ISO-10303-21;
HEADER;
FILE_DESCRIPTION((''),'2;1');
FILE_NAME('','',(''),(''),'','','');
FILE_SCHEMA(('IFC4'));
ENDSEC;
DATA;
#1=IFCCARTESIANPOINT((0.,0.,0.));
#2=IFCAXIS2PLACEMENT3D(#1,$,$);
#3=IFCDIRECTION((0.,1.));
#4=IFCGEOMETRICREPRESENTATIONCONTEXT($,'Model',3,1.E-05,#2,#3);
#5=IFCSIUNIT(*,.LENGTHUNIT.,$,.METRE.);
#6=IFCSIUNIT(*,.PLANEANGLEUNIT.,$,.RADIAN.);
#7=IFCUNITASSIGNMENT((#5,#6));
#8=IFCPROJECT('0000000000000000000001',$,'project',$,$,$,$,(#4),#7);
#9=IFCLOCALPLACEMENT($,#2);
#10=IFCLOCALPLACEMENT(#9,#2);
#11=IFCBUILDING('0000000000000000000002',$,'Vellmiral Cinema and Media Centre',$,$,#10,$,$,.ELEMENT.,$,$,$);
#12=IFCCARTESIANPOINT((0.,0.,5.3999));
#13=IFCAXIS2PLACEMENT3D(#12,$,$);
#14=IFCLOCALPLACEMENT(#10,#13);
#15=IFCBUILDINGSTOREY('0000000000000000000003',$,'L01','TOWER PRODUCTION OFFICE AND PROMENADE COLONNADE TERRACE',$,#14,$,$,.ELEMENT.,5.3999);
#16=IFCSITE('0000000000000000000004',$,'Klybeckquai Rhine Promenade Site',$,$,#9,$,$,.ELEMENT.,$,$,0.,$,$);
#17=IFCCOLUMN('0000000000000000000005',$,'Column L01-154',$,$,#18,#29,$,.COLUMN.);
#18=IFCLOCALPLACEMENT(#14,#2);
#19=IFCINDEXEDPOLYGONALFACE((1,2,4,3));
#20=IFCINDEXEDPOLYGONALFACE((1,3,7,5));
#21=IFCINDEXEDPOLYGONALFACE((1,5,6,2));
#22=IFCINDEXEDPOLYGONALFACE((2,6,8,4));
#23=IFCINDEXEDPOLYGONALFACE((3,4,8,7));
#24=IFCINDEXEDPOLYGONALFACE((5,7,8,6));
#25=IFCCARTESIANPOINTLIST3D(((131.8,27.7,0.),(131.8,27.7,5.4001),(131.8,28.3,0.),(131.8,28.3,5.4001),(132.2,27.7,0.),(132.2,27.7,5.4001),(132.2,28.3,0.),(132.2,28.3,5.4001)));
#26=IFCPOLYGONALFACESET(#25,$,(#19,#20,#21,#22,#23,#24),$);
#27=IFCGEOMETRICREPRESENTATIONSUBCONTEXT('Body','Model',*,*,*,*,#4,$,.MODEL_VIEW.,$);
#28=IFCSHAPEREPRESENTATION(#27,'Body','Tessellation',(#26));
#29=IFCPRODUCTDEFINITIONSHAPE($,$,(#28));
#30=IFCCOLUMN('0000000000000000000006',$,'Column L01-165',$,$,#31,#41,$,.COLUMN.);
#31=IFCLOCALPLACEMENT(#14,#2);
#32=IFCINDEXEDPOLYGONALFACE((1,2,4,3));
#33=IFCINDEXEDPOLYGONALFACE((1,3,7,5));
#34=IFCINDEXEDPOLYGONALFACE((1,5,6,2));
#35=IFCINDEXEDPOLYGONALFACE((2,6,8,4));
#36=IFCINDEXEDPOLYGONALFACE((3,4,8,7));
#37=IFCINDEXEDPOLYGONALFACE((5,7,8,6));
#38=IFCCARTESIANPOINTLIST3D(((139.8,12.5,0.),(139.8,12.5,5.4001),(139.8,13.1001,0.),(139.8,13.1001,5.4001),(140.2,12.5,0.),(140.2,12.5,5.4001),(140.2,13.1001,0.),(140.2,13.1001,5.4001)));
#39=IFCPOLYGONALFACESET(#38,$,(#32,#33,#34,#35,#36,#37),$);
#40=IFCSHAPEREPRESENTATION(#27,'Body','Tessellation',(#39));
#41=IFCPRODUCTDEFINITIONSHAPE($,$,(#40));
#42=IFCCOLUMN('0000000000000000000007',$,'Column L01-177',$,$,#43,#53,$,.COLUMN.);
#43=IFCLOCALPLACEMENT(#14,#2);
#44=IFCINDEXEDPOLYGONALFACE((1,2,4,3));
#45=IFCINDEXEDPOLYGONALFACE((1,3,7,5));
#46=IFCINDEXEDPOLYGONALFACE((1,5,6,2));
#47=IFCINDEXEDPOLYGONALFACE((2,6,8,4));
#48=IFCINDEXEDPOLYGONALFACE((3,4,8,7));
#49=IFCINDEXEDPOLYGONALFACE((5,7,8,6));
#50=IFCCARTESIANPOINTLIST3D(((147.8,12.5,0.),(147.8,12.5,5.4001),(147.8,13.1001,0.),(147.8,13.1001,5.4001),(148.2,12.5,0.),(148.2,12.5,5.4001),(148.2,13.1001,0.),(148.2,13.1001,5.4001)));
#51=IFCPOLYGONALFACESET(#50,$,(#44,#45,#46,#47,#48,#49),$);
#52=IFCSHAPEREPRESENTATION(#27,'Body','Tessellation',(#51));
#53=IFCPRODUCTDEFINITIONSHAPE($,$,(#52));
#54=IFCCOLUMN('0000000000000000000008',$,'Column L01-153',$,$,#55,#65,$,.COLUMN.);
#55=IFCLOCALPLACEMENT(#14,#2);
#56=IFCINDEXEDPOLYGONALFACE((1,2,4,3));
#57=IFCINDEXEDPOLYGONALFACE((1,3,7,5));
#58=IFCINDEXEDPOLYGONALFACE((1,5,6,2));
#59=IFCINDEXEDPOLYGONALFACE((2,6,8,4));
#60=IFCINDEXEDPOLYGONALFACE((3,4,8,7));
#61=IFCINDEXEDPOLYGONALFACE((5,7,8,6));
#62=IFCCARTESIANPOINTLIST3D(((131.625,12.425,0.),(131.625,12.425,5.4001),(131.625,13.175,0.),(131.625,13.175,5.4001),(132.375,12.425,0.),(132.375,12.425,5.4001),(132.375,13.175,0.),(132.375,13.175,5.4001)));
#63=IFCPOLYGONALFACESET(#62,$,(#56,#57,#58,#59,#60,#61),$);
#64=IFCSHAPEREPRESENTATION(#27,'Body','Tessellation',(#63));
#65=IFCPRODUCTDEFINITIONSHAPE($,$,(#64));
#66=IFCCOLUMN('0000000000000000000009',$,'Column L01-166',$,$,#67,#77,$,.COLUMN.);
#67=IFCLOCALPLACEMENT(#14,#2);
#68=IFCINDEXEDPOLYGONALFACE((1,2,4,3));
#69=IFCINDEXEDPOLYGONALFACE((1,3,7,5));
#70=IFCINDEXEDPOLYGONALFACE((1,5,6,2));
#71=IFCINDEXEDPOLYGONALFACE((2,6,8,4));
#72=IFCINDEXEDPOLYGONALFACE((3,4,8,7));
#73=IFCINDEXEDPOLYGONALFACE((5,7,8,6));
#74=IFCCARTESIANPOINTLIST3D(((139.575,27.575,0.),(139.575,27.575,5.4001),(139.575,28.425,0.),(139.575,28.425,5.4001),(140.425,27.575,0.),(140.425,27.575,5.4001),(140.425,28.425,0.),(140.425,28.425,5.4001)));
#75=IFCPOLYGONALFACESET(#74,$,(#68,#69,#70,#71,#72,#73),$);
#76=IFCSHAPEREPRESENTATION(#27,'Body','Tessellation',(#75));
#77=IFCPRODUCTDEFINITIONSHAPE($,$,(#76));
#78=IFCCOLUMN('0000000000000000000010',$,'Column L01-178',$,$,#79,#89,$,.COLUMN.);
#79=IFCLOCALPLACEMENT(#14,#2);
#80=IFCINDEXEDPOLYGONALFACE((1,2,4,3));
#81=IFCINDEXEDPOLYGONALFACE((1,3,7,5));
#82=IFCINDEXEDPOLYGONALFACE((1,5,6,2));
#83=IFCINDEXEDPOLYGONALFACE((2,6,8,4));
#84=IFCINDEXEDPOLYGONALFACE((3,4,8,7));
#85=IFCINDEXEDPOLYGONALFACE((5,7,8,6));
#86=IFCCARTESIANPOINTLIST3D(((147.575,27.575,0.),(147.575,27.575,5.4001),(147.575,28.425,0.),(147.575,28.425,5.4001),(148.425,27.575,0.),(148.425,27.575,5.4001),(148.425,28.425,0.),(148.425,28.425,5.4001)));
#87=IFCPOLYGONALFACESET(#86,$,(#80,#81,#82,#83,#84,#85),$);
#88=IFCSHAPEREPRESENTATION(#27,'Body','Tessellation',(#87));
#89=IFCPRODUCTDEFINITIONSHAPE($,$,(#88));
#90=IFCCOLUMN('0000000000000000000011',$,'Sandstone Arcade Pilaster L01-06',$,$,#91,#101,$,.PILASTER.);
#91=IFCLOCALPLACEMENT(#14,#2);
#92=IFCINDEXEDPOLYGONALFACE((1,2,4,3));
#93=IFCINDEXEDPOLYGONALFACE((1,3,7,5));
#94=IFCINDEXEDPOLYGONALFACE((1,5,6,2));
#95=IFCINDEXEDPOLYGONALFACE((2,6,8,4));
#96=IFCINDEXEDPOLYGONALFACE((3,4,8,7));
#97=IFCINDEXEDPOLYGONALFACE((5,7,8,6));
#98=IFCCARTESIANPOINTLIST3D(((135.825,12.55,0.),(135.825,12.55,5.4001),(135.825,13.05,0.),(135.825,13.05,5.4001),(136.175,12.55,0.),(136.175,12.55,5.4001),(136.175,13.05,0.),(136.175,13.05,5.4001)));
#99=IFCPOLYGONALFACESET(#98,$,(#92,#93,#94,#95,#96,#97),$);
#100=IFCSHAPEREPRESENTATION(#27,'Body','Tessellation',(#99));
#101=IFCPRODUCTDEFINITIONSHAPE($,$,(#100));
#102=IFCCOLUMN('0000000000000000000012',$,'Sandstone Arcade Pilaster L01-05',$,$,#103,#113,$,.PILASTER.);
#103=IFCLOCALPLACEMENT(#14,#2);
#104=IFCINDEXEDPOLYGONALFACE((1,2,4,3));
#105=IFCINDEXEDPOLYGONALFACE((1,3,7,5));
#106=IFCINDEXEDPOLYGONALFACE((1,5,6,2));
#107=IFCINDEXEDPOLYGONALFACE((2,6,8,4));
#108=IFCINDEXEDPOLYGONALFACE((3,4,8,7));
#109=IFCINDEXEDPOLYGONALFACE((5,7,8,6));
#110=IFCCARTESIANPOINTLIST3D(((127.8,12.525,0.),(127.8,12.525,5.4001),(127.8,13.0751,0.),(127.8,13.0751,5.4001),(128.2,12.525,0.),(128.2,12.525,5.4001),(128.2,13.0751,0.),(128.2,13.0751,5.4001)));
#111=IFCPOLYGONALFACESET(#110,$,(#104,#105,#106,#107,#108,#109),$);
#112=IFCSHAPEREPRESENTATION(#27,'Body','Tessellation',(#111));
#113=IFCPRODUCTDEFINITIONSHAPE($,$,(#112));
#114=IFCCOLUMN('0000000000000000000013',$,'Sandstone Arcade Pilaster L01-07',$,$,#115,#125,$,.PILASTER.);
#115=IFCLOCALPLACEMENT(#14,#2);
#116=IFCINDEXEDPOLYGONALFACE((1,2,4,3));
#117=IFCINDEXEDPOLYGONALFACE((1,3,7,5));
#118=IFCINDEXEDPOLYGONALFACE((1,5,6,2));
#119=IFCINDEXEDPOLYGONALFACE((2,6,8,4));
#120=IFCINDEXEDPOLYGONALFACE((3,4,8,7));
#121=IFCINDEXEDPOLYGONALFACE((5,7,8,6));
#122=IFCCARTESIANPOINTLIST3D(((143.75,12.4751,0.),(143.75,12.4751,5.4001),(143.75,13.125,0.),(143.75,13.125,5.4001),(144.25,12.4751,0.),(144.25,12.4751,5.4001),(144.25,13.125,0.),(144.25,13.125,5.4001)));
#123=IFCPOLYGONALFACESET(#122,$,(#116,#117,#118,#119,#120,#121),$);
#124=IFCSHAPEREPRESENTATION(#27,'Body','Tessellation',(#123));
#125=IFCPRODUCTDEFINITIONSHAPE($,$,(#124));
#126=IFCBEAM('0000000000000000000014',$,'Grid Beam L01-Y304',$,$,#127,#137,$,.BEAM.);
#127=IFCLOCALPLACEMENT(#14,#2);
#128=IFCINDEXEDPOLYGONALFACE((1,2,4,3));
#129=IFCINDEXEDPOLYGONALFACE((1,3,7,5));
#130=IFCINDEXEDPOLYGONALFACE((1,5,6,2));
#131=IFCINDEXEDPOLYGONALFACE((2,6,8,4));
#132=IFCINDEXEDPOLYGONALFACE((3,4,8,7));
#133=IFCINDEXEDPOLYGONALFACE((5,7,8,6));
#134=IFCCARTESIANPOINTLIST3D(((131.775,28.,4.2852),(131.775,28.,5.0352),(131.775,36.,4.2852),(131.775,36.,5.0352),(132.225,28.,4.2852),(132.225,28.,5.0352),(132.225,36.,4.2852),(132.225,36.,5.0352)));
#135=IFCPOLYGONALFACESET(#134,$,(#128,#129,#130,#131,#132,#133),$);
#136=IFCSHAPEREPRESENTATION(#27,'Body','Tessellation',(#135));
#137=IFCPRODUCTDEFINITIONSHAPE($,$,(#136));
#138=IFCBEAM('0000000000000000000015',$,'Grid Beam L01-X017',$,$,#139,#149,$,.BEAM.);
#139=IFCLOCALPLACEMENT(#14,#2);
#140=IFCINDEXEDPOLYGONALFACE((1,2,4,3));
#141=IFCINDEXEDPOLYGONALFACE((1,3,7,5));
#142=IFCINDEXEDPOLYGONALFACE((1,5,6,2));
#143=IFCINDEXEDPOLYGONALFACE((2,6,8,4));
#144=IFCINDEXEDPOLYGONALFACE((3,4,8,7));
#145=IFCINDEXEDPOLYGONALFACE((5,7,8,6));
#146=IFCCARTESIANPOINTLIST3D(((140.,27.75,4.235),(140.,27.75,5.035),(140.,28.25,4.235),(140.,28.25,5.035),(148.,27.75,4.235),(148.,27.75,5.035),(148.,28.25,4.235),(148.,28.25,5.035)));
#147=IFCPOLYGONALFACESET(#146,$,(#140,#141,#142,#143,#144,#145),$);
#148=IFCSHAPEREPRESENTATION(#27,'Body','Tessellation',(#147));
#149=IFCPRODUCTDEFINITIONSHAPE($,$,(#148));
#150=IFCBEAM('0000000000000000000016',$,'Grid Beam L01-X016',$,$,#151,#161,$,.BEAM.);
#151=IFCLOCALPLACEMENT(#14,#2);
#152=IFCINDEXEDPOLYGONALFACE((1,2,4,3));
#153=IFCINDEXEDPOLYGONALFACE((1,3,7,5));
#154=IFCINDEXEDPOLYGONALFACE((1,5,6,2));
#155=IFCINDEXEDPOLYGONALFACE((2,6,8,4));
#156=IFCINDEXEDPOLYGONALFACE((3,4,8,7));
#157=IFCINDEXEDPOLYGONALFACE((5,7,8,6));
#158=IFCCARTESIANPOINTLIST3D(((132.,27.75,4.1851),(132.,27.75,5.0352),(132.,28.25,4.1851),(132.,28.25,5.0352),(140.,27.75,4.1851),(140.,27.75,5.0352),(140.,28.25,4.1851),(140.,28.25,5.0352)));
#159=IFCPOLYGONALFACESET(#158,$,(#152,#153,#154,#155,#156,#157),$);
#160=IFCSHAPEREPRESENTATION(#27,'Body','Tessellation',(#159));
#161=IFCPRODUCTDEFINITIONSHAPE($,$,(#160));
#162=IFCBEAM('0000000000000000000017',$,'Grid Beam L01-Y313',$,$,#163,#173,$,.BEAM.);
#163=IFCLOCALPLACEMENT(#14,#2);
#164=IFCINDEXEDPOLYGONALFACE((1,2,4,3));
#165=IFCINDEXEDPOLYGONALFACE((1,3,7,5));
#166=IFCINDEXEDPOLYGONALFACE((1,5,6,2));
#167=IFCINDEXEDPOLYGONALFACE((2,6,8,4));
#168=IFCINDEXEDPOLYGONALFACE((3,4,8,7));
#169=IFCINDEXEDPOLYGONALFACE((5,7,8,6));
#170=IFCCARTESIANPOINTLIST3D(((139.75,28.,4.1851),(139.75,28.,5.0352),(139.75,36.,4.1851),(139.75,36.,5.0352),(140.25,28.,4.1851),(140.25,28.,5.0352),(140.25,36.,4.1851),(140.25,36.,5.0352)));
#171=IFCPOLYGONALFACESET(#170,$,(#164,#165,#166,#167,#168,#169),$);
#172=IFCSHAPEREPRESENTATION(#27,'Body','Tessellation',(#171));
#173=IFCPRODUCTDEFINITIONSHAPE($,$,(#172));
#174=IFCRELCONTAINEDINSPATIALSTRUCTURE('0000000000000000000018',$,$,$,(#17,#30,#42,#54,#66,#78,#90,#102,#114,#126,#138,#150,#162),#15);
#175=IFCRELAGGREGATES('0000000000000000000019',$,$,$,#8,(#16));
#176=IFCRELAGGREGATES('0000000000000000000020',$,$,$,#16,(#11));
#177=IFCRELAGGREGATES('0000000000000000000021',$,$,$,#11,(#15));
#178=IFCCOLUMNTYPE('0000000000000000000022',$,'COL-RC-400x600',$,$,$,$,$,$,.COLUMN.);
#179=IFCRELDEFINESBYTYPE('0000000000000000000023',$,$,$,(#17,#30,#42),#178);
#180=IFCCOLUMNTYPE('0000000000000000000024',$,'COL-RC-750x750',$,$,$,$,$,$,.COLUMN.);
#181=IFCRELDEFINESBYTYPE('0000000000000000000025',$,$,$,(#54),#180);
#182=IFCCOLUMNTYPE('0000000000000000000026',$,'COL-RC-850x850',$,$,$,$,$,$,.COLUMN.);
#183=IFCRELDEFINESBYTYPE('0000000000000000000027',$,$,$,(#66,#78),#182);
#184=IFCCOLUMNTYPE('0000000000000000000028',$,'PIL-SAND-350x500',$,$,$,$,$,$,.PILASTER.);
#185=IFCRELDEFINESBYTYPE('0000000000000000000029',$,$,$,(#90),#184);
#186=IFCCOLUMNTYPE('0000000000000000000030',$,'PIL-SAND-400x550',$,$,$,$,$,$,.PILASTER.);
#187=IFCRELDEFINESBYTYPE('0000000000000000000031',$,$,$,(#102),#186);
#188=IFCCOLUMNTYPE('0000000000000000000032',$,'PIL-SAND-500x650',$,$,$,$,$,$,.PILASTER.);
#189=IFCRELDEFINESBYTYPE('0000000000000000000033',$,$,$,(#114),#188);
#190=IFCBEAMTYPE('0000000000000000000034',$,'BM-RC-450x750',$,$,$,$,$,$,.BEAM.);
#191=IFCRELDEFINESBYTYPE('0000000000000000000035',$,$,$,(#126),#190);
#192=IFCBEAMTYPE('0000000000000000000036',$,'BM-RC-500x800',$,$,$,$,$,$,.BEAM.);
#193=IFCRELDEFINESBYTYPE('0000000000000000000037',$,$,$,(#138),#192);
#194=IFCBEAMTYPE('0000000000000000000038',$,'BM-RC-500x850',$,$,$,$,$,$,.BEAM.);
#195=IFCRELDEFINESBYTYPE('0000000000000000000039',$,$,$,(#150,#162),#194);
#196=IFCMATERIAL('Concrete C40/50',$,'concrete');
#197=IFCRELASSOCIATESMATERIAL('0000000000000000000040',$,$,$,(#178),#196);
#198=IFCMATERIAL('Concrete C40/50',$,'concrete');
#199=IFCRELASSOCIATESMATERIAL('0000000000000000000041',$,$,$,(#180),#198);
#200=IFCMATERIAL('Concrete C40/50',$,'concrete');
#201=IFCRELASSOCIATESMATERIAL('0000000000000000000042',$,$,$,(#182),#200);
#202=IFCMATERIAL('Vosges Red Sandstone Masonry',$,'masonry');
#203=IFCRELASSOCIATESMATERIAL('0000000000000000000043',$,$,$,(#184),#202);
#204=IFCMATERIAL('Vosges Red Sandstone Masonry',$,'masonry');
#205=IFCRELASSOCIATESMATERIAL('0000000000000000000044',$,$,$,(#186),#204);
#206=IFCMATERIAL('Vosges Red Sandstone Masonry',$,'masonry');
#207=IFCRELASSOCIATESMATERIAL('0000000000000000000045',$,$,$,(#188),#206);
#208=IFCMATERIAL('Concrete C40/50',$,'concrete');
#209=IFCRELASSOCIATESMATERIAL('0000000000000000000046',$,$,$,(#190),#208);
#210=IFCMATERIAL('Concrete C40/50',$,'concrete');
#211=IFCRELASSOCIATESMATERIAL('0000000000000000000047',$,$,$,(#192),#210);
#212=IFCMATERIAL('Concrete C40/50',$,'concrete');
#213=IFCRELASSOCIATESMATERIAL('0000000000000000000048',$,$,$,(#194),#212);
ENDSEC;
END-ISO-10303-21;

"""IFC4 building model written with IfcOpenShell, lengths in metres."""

from ifc_helpers import new_model, si_unit, direction, frame, origin, origin_2d, place, context, subcontext, project, spatial, rectangle, extrude, material, material_profile, profile_set, type_object, element, save


model = new_model("IFC4")

# Units and contexts
model_context = context("Model", 3, precision=1e-05, world=origin(), true_north=direction((0.0, 1.0)))
body_context = subcontext(model_context, "Body", "Model", "MODEL_VIEW")
ifc_project = project(units=[si_unit("LENGTHUNIT", "METRE"), si_unit("PLANEANGLEUNIT", "RADIAN")], contexts=[model_context])

# Site, building, storey
site_placement = place(None, origin())
site = spatial("IfcSite", under=ifc_project, at=site_placement, Name="Klybeckquai Rhine Promenade Site", CompositionType="ELEMENT", RefElevation=0.0)
building_placement = place(site_placement, origin())
building = spatial("IfcBuilding", under=site, at=building_placement, Name="Vellmiral Cinema and Media Centre", CompositionType="ELEMENT")
storey_placement = place(building_placement, frame((0.0, 0.0, 5.3999)))
storey = spatial("IfcBuildingStorey", under=building, at=storey_placement, Name="L01", Description="TOWER PRODUCTION OFFICE AND PROMENADE COLONNADE TERRACE", CompositionType="ELEMENT", Elevation=5.3999)

# Columns
ifc_material_1 = material(Name="Concrete C40/50", Category="concrete")
ifc_material_profile_1 = material_profile(ifc_material_1, rectangle(XDim=0.3999, YDim=0.6001, at=origin_2d()), Name="RC 400x600")
ifc_profile_set_1 = profile_set([ifc_material_profile_1], Name="Concrete C40/50")
column_type_1 = type_object("IfcColumnType", Name="COL-RC-400x600", PredefinedType="COLUMN", material=ifc_profile_set_1)
for number, where, z_axis, x_axis, name in (
    (1, (132.0, 28.0, 0.0), (0.0, 0.0, 1.0), (1.0, 0.0, 0.0), "Column L01-154"),
    (2, (140.0, 12.8, 0.0), (0.0, 0.0, 1.0), (1.0, 0.0, 0.0), "Column L01-165"),
    (3, (148.0, 12.8, 0.0), (0.0, 0.0, 1.0), (1.0, 0.0, 0.0), "Column L01-177"),
):
    element("IfcColumn", number, at=place(storey_placement, frame(where, z_axis=z_axis, x_axis=x_axis)), inside=storey, type_object=column_type_1, Name=name, PredefinedType="COLUMN", context=body_context, shape_type="SweptSolid", body=[
        extrude(rectangle(XDim=0.3999, YDim=0.6001, at=origin_2d()), origin(), (0.0, 0.0, 1.0), 5.4001),
    ])
ifc_material_2 = material(Name="Concrete C40/50", Category="concrete")
ifc_material_profile_2 = material_profile(ifc_material_2, rectangle(XDim=0.75, YDim=0.75, at=origin_2d()), Name="RC 750x750")
ifc_profile_set_2 = profile_set([ifc_material_profile_2], Name="Concrete C40/50")
column_type_2 = type_object("IfcColumnType", Name="COL-RC-750x750", PredefinedType="COLUMN", material=ifc_profile_set_2)
column_1_placement = place(storey_placement, frame((132.0, 12.8, 0.0), z_axis=(0.0, 0.0, 1.0), x_axis=(1.0, 0.0, 0.0)))
element("IfcColumn", 4, at=column_1_placement, inside=storey, type_object=column_type_2, Name="Column L01-153", PredefinedType="COLUMN", context=body_context, shape_type="SweptSolid", body=[
    extrude(rectangle(XDim=0.75, YDim=0.75, at=origin_2d()), origin(), (0.0, 0.0, 1.0), 5.4001),
])
ifc_material_3 = material(Name="Concrete C40/50", Category="concrete")
ifc_material_profile_3 = material_profile(ifc_material_3, rectangle(XDim=0.8501, YDim=0.8501, at=origin_2d()), Name="RC 850x850")
ifc_profile_set_3 = profile_set([ifc_material_profile_3], Name="Concrete C40/50")
column_type_3 = type_object("IfcColumnType", Name="COL-RC-850x850", PredefinedType="COLUMN", material=ifc_profile_set_3)
for number, where, z_axis, x_axis, name in (
    (5, (140.0, 28.0, 0.0), (0.0, 0.0, 1.0), (1.0, 0.0, 0.0), "Column L01-166"),
    (6, (148.0, 28.0, 0.0), (0.0, 0.0, 1.0), (1.0, 0.0, 0.0), "Column L01-178"),
):
    element("IfcColumn", number, at=place(storey_placement, frame(where, z_axis=z_axis, x_axis=x_axis)), inside=storey, type_object=column_type_3, Name=name, PredefinedType="COLUMN", context=body_context, shape_type="SweptSolid", body=[
        extrude(rectangle(XDim=0.8501, YDim=0.8501, at=origin_2d()), origin(), (0.0, 0.0, 1.0), 5.4001),
    ])
ifc_material_4 = material(Name="Vosges Red Sandstone Masonry", Category="masonry")
ifc_material_profile_4 = material_profile(ifc_material_4, rectangle(XDim=0.3501, YDim=0.5, at=origin_2d()), Name="SAND 350x500")
ifc_profile_set_4 = profile_set([ifc_material_profile_4], Name="Vosges Red Sandstone Masonry")
column_type_4 = type_object("IfcColumnType", Name="PIL-SAND-350x500", PredefinedType="PILASTER", material=ifc_profile_set_4)
column_2_placement = place(storey_placement, frame((136.0, 12.8, 0.0), z_axis=(0.0, 0.0, 1.0), x_axis=(1.0, 0.0, 0.0)))
element("IfcColumn", 7, at=column_2_placement, inside=storey, type_object=column_type_4, Name="Sandstone Arcade Pilaster L01-06", PredefinedType="PILASTER", context=body_context, shape_type="SweptSolid", body=[
    extrude(rectangle(XDim=0.3501, YDim=0.5, at=origin_2d()), origin(), (0.0, 0.0, 1.0), 5.4001),
])
ifc_material_5 = material(Name="Vosges Red Sandstone Masonry", Category="masonry")
ifc_material_profile_5 = material_profile(ifc_material_5, rectangle(XDim=0.3999, YDim=0.55, at=origin_2d()), Name="SAND 400x550")
ifc_profile_set_5 = profile_set([ifc_material_profile_5], Name="Vosges Red Sandstone Masonry")
column_type_5 = type_object("IfcColumnType", Name="PIL-SAND-400x550", PredefinedType="PILASTER", material=ifc_profile_set_5)
column_3_placement = place(storey_placement, frame((128.0, 12.8, 0.0), z_axis=(0.0, 0.0, 1.0), x_axis=(1.0, 0.0, 0.0)))
element("IfcColumn", 8, at=column_3_placement, inside=storey, type_object=column_type_5, Name="Sandstone Arcade Pilaster L01-05", PredefinedType="PILASTER", context=body_context, shape_type="SweptSolid", body=[
    extrude(rectangle(XDim=0.3999, YDim=0.55, at=origin_2d()), origin(), (0.0, 0.0, 1.0), 5.4001),
])
ifc_material_6 = material(Name="Vosges Red Sandstone Masonry", Category="masonry")
ifc_material_profile_6 = material_profile(ifc_material_6, rectangle(XDim=0.5, YDim=0.6499, at=origin_2d()), Name="SAND 500x650")
ifc_profile_set_6 = profile_set([ifc_material_profile_6], Name="Vosges Red Sandstone Masonry")
column_type_6 = type_object("IfcColumnType", Name="PIL-SAND-500x650", PredefinedType="PILASTER", material=ifc_profile_set_6)
column_4_placement = place(storey_placement, frame((144.0, 12.8, 0.0), z_axis=(0.0, 0.0, 1.0), x_axis=(1.0, 0.0, 0.0)))
element("IfcColumn", 9, at=column_4_placement, inside=storey, type_object=column_type_6, Name="Sandstone Arcade Pilaster L01-07", PredefinedType="PILASTER", context=body_context, shape_type="SweptSolid", body=[
    extrude(rectangle(XDim=0.5, YDim=0.6499, at=origin_2d()), origin(), (0.0, 0.0, 1.0), 5.4001),
])

# Beams
ifc_material_7 = material(Name="Concrete C40/50", Category="concrete")
ifc_material_profile_7 = material_profile(ifc_material_7, rectangle(XDim=0.45, YDim=0.75, at=origin_2d()), Name="RC 450x750")
ifc_profile_set_7 = profile_set([ifc_material_profile_7], Name="Concrete C40/50")
beam_type_1 = type_object("IfcBeamType", Name="BM-RC-450x750", PredefinedType="BEAM", material=ifc_profile_set_7)
beam_1_placement = place(storey_placement, frame((132.0, 28.0, 4.6602), z_axis=(0.0, 1.0, 0.0), x_axis=(-1.0, 0.0, 0.0)))
element("IfcBeam", 10, at=beam_1_placement, inside=storey, type_object=beam_type_1, Name="Grid Beam L01-Y304", PredefinedType="BEAM", context=body_context, shape_type="SweptSolid", body=[
    extrude(rectangle(XDim=0.45, YDim=0.75, at=origin_2d()), origin(), (0.0, 0.0, 1.0), 8.0),
])
ifc_material_8 = material(Name="Concrete C40/50", Category="concrete")
ifc_material_profile_8 = material_profile(ifc_material_8, rectangle(XDim=0.5, YDim=0.8, at=origin_2d()), Name="RC 500x800")
ifc_profile_set_8 = profile_set([ifc_material_profile_8], Name="Concrete C40/50")
beam_type_2 = type_object("IfcBeamType", Name="BM-RC-500x800", PredefinedType="BEAM", material=ifc_profile_set_8)
beam_2_placement = place(storey_placement, frame((140.0, 28.0, 4.635), z_axis=(1.0, 0.0, 0.0), x_axis=(0.0, 1.0, 0.0)))
element("IfcBeam", 11, at=beam_2_placement, inside=storey, type_object=beam_type_2, Name="Grid Beam L01-X017", PredefinedType="BEAM", context=body_context, shape_type="SweptSolid", body=[
    extrude(rectangle(XDim=0.5, YDim=0.8, at=origin_2d()), origin(), (0.0, 0.0, 1.0), 8.0),
])
ifc_material_9 = material(Name="Concrete C40/50", Category="concrete")
ifc_material_profile_9 = material_profile(ifc_material_9, rectangle(XDim=0.5, YDim=0.8501, at=origin_2d()), Name="RC 500x850")
ifc_profile_set_9 = profile_set([ifc_material_profile_9], Name="Concrete C40/50")
beam_type_3 = type_object("IfcBeamType", Name="BM-RC-500x850", PredefinedType="BEAM", material=ifc_profile_set_9)
for number, where, z_axis, x_axis, name in (
    (12, (132.0, 28.0, 4.6101), (1.0, 0.0, 0.0), (0.0, 1.0, 0.0), "Grid Beam L01-X016"),
    (13, (140.0, 28.0, 4.6101), (0.0, 1.0, 0.0), (-1.0, 0.0, 0.0), "Grid Beam L01-Y313"),
):
    element("IfcBeam", number, at=place(storey_placement, frame(where, z_axis=z_axis, x_axis=x_axis)), inside=storey, type_object=beam_type_3, Name=name, PredefinedType="BEAM", context=body_context, shape_type="SweptSolid", body=[
        extrude(rectangle(XDim=0.5, YDim=0.8501, at=origin_2d()), origin(), (0.0, 0.0, 1.0), 8.0),
    ])

save(model, "model.ifc")
